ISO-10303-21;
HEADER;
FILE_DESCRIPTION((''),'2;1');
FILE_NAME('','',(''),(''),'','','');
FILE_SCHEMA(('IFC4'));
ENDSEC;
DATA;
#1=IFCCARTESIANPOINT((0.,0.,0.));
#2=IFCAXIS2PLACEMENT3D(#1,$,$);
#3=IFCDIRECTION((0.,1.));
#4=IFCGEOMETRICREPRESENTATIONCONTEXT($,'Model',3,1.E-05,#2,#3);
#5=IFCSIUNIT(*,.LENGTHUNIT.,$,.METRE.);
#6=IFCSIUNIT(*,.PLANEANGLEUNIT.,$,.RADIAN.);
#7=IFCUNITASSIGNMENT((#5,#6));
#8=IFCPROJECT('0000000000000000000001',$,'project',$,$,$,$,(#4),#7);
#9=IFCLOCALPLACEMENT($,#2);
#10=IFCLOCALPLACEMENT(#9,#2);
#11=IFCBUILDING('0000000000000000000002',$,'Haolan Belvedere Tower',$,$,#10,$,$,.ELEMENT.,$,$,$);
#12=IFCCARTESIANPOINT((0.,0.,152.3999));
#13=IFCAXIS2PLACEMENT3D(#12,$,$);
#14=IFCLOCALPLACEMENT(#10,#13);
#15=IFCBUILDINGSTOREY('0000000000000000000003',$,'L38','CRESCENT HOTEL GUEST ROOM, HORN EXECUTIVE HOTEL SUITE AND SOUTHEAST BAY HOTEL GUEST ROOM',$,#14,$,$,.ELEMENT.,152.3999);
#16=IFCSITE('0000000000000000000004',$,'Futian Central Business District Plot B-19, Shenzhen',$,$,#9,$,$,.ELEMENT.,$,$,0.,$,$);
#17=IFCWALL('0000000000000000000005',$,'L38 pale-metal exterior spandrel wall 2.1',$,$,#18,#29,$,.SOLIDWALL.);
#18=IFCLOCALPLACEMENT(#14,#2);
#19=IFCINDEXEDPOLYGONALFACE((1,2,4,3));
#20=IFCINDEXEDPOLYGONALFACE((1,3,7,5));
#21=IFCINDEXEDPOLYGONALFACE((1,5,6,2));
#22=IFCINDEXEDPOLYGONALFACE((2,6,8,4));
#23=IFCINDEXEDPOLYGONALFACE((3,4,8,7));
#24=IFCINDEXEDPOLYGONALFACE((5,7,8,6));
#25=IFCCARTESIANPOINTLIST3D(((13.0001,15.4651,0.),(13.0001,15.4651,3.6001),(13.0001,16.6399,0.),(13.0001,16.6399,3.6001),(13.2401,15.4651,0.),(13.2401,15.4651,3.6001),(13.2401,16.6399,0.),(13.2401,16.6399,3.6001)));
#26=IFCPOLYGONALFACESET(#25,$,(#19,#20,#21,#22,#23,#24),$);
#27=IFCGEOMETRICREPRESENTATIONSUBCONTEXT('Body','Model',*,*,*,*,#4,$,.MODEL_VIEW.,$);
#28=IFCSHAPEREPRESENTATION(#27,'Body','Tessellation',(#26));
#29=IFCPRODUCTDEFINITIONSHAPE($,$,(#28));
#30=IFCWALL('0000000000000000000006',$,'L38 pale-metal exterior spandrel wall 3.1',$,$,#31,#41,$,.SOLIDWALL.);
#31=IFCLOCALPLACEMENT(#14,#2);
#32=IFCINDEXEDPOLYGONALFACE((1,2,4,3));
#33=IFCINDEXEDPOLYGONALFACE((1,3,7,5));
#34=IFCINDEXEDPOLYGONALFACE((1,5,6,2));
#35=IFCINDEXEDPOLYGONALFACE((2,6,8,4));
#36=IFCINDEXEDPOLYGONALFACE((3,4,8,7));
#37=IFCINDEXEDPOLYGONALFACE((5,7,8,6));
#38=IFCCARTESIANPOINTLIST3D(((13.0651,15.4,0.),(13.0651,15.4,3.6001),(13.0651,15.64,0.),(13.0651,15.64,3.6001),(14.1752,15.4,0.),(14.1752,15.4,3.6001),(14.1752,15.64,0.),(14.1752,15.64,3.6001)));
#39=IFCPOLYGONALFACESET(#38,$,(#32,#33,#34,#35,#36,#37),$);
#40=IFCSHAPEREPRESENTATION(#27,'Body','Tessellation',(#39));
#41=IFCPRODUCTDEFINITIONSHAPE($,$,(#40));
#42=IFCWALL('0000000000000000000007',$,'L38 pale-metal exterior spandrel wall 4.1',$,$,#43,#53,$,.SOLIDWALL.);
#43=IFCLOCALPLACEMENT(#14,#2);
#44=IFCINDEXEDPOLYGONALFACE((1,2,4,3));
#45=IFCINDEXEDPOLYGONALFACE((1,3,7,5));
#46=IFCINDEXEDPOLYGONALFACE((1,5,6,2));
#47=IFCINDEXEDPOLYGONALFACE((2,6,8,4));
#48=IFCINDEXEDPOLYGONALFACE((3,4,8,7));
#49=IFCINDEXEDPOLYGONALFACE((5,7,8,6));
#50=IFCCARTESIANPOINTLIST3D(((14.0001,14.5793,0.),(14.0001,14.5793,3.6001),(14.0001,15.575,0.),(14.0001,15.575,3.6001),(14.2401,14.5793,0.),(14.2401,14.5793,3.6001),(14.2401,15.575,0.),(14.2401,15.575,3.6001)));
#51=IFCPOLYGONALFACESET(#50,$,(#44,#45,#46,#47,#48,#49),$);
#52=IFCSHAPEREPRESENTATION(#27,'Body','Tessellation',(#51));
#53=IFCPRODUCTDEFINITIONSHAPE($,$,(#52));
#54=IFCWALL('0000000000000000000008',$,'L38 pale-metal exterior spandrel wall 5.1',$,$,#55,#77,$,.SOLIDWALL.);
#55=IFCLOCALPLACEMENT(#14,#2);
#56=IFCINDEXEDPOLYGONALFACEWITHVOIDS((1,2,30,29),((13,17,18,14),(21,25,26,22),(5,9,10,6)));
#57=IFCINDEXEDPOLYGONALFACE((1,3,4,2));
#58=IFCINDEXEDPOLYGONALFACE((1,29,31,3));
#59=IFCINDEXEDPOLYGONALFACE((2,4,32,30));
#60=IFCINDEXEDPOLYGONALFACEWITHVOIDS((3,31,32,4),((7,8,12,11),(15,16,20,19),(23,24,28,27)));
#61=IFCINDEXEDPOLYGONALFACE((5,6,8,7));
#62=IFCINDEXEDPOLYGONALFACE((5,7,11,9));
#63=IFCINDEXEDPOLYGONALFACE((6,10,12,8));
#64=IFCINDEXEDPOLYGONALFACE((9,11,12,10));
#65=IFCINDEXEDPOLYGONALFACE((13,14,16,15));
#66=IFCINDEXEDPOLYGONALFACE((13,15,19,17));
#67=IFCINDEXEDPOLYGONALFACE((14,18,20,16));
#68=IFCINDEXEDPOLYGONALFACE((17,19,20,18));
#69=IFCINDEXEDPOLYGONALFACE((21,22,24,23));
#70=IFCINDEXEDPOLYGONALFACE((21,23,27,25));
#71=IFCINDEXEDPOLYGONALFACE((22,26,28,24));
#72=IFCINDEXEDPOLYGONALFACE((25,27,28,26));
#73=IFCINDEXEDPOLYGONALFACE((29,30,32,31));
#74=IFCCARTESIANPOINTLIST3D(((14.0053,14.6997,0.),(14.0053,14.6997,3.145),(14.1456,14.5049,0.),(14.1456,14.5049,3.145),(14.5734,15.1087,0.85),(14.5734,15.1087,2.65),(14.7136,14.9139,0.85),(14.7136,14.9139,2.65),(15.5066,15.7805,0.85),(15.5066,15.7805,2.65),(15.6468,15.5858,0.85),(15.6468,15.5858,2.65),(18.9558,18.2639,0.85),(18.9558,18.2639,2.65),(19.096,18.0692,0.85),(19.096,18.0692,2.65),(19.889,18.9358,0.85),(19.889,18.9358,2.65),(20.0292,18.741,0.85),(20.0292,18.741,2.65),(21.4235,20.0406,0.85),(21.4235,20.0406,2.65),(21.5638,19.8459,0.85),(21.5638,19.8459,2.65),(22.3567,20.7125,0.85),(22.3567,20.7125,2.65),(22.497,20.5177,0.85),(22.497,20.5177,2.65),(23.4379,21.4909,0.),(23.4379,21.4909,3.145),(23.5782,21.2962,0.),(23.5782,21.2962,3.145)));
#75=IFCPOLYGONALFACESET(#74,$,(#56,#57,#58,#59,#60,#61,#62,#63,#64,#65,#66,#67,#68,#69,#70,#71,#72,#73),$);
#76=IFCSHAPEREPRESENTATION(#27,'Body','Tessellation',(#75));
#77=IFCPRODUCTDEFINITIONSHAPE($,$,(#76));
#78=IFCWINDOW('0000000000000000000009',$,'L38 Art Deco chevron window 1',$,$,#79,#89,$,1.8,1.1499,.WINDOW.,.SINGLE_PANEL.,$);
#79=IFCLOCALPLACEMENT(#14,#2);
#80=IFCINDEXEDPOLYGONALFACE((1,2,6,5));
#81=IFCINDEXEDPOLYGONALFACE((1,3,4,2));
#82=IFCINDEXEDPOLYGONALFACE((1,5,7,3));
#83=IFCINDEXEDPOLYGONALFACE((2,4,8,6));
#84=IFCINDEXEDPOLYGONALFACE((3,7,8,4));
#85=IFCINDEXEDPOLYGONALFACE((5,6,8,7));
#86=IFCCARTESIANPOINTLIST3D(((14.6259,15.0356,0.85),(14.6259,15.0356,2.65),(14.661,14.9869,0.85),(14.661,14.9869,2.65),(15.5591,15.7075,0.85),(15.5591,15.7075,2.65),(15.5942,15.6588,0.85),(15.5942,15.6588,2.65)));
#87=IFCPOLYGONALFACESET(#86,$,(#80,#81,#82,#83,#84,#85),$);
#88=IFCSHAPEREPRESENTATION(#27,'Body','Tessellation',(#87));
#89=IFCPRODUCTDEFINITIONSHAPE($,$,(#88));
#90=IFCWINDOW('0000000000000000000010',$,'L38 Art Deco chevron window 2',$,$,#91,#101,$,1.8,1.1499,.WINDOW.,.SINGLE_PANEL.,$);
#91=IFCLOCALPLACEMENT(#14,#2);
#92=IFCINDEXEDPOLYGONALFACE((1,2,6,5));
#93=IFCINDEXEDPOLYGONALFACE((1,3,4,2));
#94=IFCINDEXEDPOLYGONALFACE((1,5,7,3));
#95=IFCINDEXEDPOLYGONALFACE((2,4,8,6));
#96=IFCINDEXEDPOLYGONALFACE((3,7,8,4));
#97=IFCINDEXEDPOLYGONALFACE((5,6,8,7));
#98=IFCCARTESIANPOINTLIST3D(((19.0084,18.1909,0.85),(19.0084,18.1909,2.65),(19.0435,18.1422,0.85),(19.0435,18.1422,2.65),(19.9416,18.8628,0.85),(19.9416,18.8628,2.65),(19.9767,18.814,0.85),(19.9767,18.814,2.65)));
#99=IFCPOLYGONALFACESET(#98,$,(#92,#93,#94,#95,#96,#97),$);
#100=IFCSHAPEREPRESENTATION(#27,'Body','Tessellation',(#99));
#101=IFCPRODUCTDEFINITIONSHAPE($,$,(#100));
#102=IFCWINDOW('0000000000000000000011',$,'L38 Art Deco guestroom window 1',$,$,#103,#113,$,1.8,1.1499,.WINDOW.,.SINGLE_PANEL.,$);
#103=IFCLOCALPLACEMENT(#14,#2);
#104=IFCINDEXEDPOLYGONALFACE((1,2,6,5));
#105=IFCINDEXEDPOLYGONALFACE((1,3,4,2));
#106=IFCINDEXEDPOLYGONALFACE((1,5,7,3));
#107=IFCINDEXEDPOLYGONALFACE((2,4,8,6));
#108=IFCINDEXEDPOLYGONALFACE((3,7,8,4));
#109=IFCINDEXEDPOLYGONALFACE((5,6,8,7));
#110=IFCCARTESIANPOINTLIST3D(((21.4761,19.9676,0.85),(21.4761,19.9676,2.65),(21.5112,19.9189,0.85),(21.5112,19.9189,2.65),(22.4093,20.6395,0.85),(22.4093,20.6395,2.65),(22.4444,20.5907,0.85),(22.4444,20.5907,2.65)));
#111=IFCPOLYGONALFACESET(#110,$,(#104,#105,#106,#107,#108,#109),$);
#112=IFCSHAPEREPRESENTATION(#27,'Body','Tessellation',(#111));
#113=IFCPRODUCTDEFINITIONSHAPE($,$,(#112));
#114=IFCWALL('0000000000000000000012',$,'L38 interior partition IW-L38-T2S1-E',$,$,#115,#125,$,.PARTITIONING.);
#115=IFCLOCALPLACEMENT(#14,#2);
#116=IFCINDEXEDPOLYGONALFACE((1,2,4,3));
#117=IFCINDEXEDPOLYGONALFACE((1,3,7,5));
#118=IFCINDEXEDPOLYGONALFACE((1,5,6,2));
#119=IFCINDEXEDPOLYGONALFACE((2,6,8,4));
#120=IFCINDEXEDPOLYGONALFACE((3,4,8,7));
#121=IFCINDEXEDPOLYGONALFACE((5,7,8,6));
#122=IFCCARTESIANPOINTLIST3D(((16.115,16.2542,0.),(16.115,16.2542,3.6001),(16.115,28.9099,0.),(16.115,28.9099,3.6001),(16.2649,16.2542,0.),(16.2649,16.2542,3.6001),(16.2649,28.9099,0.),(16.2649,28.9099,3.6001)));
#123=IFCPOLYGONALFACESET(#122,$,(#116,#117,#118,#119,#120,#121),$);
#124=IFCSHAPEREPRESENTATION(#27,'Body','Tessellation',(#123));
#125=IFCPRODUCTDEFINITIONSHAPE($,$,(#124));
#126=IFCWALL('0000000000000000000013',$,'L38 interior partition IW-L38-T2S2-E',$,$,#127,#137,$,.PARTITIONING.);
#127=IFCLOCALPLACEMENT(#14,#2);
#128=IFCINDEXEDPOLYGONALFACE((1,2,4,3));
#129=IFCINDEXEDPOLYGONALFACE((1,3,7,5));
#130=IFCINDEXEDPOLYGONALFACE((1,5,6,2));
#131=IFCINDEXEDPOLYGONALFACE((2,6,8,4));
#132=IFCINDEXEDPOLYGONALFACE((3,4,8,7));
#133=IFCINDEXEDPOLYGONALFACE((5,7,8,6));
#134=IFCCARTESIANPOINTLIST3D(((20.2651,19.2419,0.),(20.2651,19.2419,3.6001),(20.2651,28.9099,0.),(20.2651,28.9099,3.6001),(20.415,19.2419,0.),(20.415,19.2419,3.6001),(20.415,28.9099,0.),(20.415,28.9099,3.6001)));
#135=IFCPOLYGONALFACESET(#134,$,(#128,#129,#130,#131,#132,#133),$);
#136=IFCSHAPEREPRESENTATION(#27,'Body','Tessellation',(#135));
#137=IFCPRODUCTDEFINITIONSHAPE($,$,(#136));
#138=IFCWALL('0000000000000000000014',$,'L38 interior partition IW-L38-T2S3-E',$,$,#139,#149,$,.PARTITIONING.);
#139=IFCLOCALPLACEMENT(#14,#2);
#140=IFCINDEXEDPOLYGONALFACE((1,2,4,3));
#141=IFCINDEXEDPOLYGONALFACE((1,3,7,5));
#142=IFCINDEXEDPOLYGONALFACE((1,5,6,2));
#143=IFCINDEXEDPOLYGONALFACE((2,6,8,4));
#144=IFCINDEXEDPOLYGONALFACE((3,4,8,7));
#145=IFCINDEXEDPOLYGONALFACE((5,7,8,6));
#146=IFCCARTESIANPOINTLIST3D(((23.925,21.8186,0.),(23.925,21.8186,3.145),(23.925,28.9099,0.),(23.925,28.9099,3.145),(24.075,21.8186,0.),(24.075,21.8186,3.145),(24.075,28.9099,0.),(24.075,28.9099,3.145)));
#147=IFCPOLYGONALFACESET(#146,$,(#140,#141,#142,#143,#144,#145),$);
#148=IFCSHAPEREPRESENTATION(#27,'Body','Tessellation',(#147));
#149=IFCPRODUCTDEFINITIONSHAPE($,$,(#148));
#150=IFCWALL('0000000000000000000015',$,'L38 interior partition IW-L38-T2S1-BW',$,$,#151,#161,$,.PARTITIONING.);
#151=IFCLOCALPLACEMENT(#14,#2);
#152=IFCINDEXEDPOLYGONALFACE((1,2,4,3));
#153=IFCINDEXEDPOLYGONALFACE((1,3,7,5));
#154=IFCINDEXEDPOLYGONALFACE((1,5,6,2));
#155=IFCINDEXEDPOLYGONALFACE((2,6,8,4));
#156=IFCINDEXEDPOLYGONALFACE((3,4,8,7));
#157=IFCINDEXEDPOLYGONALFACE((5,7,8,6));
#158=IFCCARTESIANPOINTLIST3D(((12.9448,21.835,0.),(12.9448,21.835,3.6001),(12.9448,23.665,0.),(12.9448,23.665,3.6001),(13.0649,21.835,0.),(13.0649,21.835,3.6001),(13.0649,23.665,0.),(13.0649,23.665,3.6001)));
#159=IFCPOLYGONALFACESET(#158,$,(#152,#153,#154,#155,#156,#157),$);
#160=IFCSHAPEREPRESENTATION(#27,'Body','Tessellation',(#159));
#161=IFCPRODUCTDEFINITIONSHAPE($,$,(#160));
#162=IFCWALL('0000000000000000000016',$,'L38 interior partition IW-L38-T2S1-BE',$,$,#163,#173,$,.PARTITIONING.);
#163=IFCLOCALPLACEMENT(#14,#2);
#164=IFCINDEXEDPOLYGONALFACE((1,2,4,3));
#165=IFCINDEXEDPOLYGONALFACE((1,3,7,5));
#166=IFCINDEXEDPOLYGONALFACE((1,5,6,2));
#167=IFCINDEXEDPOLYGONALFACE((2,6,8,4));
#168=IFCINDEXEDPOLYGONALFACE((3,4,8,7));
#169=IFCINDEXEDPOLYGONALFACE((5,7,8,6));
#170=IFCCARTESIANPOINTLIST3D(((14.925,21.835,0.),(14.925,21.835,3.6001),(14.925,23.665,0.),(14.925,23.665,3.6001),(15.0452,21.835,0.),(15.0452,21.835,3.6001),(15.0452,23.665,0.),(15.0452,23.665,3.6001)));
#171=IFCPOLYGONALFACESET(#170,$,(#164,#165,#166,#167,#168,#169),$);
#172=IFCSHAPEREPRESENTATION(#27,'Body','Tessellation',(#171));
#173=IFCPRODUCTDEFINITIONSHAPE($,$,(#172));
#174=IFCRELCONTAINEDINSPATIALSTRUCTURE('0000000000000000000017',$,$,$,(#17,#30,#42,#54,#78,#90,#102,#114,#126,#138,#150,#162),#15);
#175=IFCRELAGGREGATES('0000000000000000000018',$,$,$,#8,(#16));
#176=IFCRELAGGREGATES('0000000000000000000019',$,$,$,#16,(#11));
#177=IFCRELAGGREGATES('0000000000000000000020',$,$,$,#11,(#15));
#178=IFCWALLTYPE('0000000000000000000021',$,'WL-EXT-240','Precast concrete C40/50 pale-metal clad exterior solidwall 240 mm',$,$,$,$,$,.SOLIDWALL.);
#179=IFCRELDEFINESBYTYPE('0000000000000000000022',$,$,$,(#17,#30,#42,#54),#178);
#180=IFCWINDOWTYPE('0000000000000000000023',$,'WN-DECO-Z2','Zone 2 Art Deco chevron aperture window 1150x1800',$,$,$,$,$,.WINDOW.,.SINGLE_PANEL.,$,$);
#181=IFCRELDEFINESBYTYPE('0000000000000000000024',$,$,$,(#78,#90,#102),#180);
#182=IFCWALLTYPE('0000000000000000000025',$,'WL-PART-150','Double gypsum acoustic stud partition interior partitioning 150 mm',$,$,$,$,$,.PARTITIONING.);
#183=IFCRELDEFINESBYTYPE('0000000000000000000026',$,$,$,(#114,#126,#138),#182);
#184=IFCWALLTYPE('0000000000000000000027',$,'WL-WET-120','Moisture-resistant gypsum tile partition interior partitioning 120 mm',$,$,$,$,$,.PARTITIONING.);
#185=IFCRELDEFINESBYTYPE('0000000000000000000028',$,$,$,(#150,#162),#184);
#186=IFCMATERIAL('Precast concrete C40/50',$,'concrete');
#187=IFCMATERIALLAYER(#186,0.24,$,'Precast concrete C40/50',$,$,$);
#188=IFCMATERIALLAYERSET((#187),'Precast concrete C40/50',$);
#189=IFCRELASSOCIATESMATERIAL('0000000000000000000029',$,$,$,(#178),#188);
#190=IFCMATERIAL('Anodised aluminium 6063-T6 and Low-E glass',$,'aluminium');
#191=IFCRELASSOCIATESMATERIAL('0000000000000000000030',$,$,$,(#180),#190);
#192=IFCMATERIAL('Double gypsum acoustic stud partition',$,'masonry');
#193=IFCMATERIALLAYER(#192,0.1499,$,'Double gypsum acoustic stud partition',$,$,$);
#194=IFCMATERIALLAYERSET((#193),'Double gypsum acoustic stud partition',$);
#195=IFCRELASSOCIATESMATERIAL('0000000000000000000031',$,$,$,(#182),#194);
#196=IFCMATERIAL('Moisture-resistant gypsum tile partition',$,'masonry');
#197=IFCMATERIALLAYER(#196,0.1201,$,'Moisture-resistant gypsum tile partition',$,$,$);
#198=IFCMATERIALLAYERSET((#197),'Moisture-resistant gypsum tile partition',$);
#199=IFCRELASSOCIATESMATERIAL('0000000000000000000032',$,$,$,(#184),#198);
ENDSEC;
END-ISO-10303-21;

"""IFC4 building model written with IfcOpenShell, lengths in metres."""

from ifc_helpers import new_model, si_unit, direction, frame, frame_2d, origin, place, context, subcontext, project, spatial, rectangle, extrude, material, layer, layer_set, type_object, element, fill, save


model = new_model("IFC4")

# Units and contexts
model_context = context("Model", 3, precision=1e-05, world=origin(), true_north=direction((0.0, 1.0)))
body_context = subcontext(model_context, "Body", "Model", "MODEL_VIEW")
ifc_project = project(units=[si_unit("LENGTHUNIT", "METRE"), si_unit("PLANEANGLEUNIT", "RADIAN")], contexts=[model_context])

# Site, building, storey
site_placement = place(None, origin())
site = spatial("IfcSite", under=ifc_project, at=site_placement, Name="Futian Central Business District Plot B-19, Shenzhen", CompositionType="ELEMENT", RefElevation=0.0)
building_placement = place(site_placement, origin())
building = spatial("IfcBuilding", under=site, at=building_placement, Name="Haolan Belvedere Tower", CompositionType="ELEMENT")
storey_placement = place(building_placement, frame((0.0, 0.0, 152.3999)))
storey = spatial("IfcBuildingStorey", under=building, at=storey_placement, Name="L38", Description="CRESCENT HOTEL GUEST ROOM, HORN EXECUTIVE HOTEL SUITE AND SOUTHEAST BAY HOTEL GUEST ROOM", CompositionType="ELEMENT", Elevation=152.3999)

# Walls
ifc_material_1 = material(Name="Precast concrete C40/50", Category="concrete")
ifc_layer_1 = layer(ifc_material_1, 0.24, Name="Precast concrete C40/50")
ifc_layer_set_1 = layer_set([ifc_layer_1], Name="Precast concrete C40/50")
wall_type_1 = type_object("IfcWallType", Name="WL-EXT-240", Description="Precast concrete C40/50 pale-metal clad exterior solidwall 240 mm", PredefinedType="SOLIDWALL", material=ifc_layer_set_1)
wall_1_placement = place(storey_placement, frame((13.1201, 16.6399, 0.0), z_axis=(0.0, 0.0, 1.0), x_axis=(0.0, -1.0, 0.0)))
element("IfcWall", 1, at=wall_1_placement, inside=storey, type_object=wall_type_1, Name="L38 pale-metal exterior spandrel wall 2.1", PredefinedType="SOLIDWALL", context=body_context, shape_type="SweptSolid", body=[
    extrude(rectangle(XDim=1.1748, YDim=0.24, at=frame_2d((0.5874, 0.0))), origin(), (0.0, 0.0, 1.0), 3.6001),
])
wall_2_placement = place(storey_placement, frame((13.0649, 15.52, 0.0), z_axis=(0.0, 0.0, 1.0), x_axis=(1.0, 0.0, 0.0)))
element("IfcWall", 2, at=wall_2_placement, inside=storey, type_object=wall_type_1, Name="L38 pale-metal exterior spandrel wall 3.1", PredefinedType="SOLIDWALL", context=body_context, shape_type="SweptSolid", body=[
    extrude(rectangle(XDim=1.1101, YDim=0.24, at=frame_2d((0.5552, 0.0))), origin(), (0.0, 0.0, 1.0), 3.6001),
])
wall_3_placement = place(storey_placement, frame((14.1201, 15.575, 0.0), z_axis=(0.0, 0.0, 1.0), x_axis=(0.0, -1.0, 0.0)))
element("IfcWall", 3, at=wall_3_placement, inside=storey, type_object=wall_type_1, Name="L38 pale-metal exterior spandrel wall 4.1", PredefinedType="SOLIDWALL", context=body_context, shape_type="SweptSolid", body=[
    extrude(rectangle(XDim=0.9956, YDim=0.24, at=frame_2d((0.4978, 0.0))), origin(), (0.0, 0.0, 1.0), 3.6001),
])

# Wall, openings, windows
wall_4_placement = place(storey_placement, frame((14.0754, 14.6023, 0.0), z_axis=(0.0, 0.0, 1.0), x_axis=(0.811544, 0.584292, 0.0)))
wall_4 = element("IfcWall", 4, at=wall_4_placement, inside=storey, type_object=wall_type_1, Name="L38 pale-metal exterior spandrel wall 5.1", PredefinedType="SOLIDWALL", context=body_context, shape_type="SweptSolid", body=[
    extrude(rectangle(XDim=11.623, YDim=0.24, at=frame_2d((5.8115, 0.0))), origin(), (0.0, 0.0, 1.0), 3.145),
])
opening_1_placement = place(wall_4_placement, frame((0.7, 0.0, 0.8501)))
opening_1 = element("IfcOpeningElement", 5, at=opening_1_placement, cuts=wall_4, PredefinedType="OPENING", context=body_context, shape_type="SweptSolid", body=[
    extrude(rectangle(XDim=1.1499, YDim=1.8, at=frame_2d((0.575, 0.8999))), frame((0.0, 0.1299, 0.0), z_axis=(0.0, -1.0, 0.0), x_axis=(1.0, 0.0, 0.0)), (0.0, 0.0, 1.0), 0.26),
])
opening_2_placement = place(wall_4_placement, frame((6.1001, 0.0, 0.8501)))
opening_2 = element("IfcOpeningElement", 6, at=opening_2_placement, cuts=wall_4, PredefinedType="OPENING", context=body_context, shape_type="SweptSolid", body=[
    extrude(rectangle(XDim=1.1499, YDim=1.8, at=frame_2d((0.575, 0.8999))), frame((0.0, 0.1299, 0.0), z_axis=(0.0, -1.0, 0.0), x_axis=(1.0, 0.0, 0.0)), (0.0, 0.0, 1.0), 0.26),
])
opening_3_placement = place(wall_4_placement, frame((9.1409, 0.0, 0.8501)))
opening_3 = element("IfcOpeningElement", 7, at=opening_3_placement, cuts=wall_4, PredefinedType="OPENING", context=body_context, shape_type="SweptSolid", body=[
    extrude(rectangle(XDim=1.1499, YDim=1.8, at=frame_2d((0.575, 0.8999))), frame((0.0, 0.1299, 0.0), z_axis=(0.0, -1.0, 0.0), x_axis=(1.0, 0.0, 0.0)), (0.0, 0.0, 1.0), 0.26),
])
ifc_material_2 = material(Name="Anodised aluminium 6063-T6 and Low-E glass", Category="aluminium")
window_type = type_object("IfcWindowType", Name="WN-DECO-Z2", Description="Zone 2 Art Deco chevron aperture window 1150x1800", PartitioningType="SINGLE_PANEL", PredefinedType="WINDOW", material=ifc_material_2)
window_1_placement = place(opening_1_placement, origin())
window_1 = element("IfcWindow", 8, at=window_1_placement, inside=storey, type_object=window_type, Name="L38 Art Deco chevron window 1", OverallHeight=1.8, OverallWidth=1.1499, PartitioningType="SINGLE_PANEL", PredefinedType="WINDOW", context=body_context, shape_type="SweptSolid", body=[
    extrude(rectangle(XDim=1.1499, YDim=1.8, at=frame_2d((0.575, 0.8999))), frame((0.0, 0.03, 0.0), z_axis=(0.0, -1.0, 0.0), x_axis=(1.0, 0.0, 0.0)), (0.0, 0.0, 1.0), 0.0601),
])
fill(opening_1, window_1)
window_2_placement = place(opening_2_placement, origin())
window_2 = element("IfcWindow", 9, at=window_2_placement, inside=storey, type_object=window_type, Name="L38 Art Deco chevron window 2", OverallHeight=1.8, OverallWidth=1.1499, PartitioningType="SINGLE_PANEL", PredefinedType="WINDOW", context=body_context, shape_type="SweptSolid", body=[
    extrude(rectangle(XDim=1.1499, YDim=1.8, at=frame_2d((0.575, 0.8999))), frame((0.0, 0.03, 0.0), z_axis=(0.0, -1.0, 0.0), x_axis=(1.0, 0.0, 0.0)), (0.0, 0.0, 1.0), 0.0601),
])
fill(opening_2, window_2)
window_3_placement = place(opening_3_placement, origin())
window_3 = element("IfcWindow", 10, at=window_3_placement, inside=storey, type_object=window_type, Name="L38 Art Deco guestroom window 1", OverallHeight=1.8, OverallWidth=1.1499, PartitioningType="SINGLE_PANEL", PredefinedType="WINDOW", context=body_context, shape_type="SweptSolid", body=[
    extrude(rectangle(XDim=1.1499, YDim=1.8, at=frame_2d((0.575, 0.8999))), frame((0.0, 0.03, 0.0), z_axis=(0.0, -1.0, 0.0), x_axis=(1.0, 0.0, 0.0)), (0.0, 0.0, 1.0), 0.0601),
])
fill(opening_3, window_3)

# Walls
ifc_material_3 = material(Name="Double gypsum acoustic stud partition", Category="masonry")
ifc_layer_2 = layer(ifc_material_3, 0.1499, Name="Double gypsum acoustic stud partition")
ifc_layer_set_2 = layer_set([ifc_layer_2], Name="Double gypsum acoustic stud partition")
wall_type_2 = type_object("IfcWallType", Name="WL-PART-150", Description="Double gypsum acoustic stud partition interior partitioning 150 mm", PredefinedType="PARTITIONING", material=ifc_layer_set_2)
wall_5_placement = place(storey_placement, frame((16.1899, 16.2542, 0.0), z_axis=(0.0, 0.0, 1.0), x_axis=(0.0, 1.0, 0.0)))
element("IfcWall", 11, at=wall_5_placement, inside=storey, type_object=wall_type_2, Name="L38 interior partition IW-L38-T2S1-E", PredefinedType="PARTITIONING", context=body_context, shape_type="SweptSolid", body=[
    extrude(rectangle(XDim=12.6558, YDim=0.1499, at=frame_2d((6.3279, 0.0))), origin(), (0.0, 0.0, 1.0), 3.6001),
])
wall_6_placement = place(storey_placement, frame((20.3401, 19.2419, 0.0), z_axis=(0.0, 0.0, 1.0), x_axis=(0.0, 1.0, 0.0)))
element("IfcWall", 12, at=wall_6_placement, inside=storey, type_object=wall_type_2, Name="L38 interior partition IW-L38-T2S2-E", PredefinedType="PARTITIONING", context=body_context, shape_type="SweptSolid", body=[
    extrude(rectangle(XDim=9.668, YDim=0.1499, at=frame_2d((4.834, 0.0))), origin(), (0.0, 0.0, 1.0), 3.6001),
])
wall_7_placement = place(storey_placement, frame((24.0, 21.8186, 0.0), z_axis=(0.0, 0.0, 1.0), x_axis=(0.0, 1.0, 0.0)))
element("IfcWall", 13, at=wall_7_placement, inside=storey, type_object=wall_type_2, Name="L38 interior partition IW-L38-T2S3-E", PredefinedType="PARTITIONING", context=body_context, shape_type="SweptSolid", body=[
    extrude(rectangle(XDim=7.0913, YDim=0.1499, at=frame_2d((3.5457, 0.0))), origin(), (0.0, 0.0, 1.0), 3.145),
])
ifc_material_4 = material(Name="Moisture-resistant gypsum tile partition", Category="masonry")
ifc_layer_3 = layer(ifc_material_4, 0.1201, Name="Moisture-resistant gypsum tile partition")
ifc_layer_set_3 = layer_set([ifc_layer_3], Name="Moisture-resistant gypsum tile partition")
wall_type_3 = type_object("IfcWallType", Name="WL-WET-120", Description="Moisture-resistant gypsum tile partition interior partitioning 120 mm", PredefinedType="PARTITIONING", material=ifc_layer_set_3)
for number, where, z_axis, x_axis, name in (
    (14, (13.0049, 21.835, 0.0), (0.0, 0.0, 1.0), (0.0, 1.0, 0.0), "L38 interior partition IW-L38-T2S1-BW"),
    (15, (14.9851, 21.835, 0.0), (0.0, 0.0, 1.0), (0.0, 1.0, 0.0), "L38 interior partition IW-L38-T2S1-BE"),
):
    element("IfcWall", number, at=place(storey_placement, frame(where, z_axis=z_axis, x_axis=x_axis)), inside=storey, type_object=wall_type_3, Name=name, PredefinedType="PARTITIONING", context=body_context, shape_type="SweptSolid", body=[
        extrude(rectangle(XDim=1.8301, YDim=0.1201, at=frame_2d((0.915, 0.0))), origin(), (0.0, 0.0, 1.0), 3.6001),
    ])

save(model, "model.ifc")
